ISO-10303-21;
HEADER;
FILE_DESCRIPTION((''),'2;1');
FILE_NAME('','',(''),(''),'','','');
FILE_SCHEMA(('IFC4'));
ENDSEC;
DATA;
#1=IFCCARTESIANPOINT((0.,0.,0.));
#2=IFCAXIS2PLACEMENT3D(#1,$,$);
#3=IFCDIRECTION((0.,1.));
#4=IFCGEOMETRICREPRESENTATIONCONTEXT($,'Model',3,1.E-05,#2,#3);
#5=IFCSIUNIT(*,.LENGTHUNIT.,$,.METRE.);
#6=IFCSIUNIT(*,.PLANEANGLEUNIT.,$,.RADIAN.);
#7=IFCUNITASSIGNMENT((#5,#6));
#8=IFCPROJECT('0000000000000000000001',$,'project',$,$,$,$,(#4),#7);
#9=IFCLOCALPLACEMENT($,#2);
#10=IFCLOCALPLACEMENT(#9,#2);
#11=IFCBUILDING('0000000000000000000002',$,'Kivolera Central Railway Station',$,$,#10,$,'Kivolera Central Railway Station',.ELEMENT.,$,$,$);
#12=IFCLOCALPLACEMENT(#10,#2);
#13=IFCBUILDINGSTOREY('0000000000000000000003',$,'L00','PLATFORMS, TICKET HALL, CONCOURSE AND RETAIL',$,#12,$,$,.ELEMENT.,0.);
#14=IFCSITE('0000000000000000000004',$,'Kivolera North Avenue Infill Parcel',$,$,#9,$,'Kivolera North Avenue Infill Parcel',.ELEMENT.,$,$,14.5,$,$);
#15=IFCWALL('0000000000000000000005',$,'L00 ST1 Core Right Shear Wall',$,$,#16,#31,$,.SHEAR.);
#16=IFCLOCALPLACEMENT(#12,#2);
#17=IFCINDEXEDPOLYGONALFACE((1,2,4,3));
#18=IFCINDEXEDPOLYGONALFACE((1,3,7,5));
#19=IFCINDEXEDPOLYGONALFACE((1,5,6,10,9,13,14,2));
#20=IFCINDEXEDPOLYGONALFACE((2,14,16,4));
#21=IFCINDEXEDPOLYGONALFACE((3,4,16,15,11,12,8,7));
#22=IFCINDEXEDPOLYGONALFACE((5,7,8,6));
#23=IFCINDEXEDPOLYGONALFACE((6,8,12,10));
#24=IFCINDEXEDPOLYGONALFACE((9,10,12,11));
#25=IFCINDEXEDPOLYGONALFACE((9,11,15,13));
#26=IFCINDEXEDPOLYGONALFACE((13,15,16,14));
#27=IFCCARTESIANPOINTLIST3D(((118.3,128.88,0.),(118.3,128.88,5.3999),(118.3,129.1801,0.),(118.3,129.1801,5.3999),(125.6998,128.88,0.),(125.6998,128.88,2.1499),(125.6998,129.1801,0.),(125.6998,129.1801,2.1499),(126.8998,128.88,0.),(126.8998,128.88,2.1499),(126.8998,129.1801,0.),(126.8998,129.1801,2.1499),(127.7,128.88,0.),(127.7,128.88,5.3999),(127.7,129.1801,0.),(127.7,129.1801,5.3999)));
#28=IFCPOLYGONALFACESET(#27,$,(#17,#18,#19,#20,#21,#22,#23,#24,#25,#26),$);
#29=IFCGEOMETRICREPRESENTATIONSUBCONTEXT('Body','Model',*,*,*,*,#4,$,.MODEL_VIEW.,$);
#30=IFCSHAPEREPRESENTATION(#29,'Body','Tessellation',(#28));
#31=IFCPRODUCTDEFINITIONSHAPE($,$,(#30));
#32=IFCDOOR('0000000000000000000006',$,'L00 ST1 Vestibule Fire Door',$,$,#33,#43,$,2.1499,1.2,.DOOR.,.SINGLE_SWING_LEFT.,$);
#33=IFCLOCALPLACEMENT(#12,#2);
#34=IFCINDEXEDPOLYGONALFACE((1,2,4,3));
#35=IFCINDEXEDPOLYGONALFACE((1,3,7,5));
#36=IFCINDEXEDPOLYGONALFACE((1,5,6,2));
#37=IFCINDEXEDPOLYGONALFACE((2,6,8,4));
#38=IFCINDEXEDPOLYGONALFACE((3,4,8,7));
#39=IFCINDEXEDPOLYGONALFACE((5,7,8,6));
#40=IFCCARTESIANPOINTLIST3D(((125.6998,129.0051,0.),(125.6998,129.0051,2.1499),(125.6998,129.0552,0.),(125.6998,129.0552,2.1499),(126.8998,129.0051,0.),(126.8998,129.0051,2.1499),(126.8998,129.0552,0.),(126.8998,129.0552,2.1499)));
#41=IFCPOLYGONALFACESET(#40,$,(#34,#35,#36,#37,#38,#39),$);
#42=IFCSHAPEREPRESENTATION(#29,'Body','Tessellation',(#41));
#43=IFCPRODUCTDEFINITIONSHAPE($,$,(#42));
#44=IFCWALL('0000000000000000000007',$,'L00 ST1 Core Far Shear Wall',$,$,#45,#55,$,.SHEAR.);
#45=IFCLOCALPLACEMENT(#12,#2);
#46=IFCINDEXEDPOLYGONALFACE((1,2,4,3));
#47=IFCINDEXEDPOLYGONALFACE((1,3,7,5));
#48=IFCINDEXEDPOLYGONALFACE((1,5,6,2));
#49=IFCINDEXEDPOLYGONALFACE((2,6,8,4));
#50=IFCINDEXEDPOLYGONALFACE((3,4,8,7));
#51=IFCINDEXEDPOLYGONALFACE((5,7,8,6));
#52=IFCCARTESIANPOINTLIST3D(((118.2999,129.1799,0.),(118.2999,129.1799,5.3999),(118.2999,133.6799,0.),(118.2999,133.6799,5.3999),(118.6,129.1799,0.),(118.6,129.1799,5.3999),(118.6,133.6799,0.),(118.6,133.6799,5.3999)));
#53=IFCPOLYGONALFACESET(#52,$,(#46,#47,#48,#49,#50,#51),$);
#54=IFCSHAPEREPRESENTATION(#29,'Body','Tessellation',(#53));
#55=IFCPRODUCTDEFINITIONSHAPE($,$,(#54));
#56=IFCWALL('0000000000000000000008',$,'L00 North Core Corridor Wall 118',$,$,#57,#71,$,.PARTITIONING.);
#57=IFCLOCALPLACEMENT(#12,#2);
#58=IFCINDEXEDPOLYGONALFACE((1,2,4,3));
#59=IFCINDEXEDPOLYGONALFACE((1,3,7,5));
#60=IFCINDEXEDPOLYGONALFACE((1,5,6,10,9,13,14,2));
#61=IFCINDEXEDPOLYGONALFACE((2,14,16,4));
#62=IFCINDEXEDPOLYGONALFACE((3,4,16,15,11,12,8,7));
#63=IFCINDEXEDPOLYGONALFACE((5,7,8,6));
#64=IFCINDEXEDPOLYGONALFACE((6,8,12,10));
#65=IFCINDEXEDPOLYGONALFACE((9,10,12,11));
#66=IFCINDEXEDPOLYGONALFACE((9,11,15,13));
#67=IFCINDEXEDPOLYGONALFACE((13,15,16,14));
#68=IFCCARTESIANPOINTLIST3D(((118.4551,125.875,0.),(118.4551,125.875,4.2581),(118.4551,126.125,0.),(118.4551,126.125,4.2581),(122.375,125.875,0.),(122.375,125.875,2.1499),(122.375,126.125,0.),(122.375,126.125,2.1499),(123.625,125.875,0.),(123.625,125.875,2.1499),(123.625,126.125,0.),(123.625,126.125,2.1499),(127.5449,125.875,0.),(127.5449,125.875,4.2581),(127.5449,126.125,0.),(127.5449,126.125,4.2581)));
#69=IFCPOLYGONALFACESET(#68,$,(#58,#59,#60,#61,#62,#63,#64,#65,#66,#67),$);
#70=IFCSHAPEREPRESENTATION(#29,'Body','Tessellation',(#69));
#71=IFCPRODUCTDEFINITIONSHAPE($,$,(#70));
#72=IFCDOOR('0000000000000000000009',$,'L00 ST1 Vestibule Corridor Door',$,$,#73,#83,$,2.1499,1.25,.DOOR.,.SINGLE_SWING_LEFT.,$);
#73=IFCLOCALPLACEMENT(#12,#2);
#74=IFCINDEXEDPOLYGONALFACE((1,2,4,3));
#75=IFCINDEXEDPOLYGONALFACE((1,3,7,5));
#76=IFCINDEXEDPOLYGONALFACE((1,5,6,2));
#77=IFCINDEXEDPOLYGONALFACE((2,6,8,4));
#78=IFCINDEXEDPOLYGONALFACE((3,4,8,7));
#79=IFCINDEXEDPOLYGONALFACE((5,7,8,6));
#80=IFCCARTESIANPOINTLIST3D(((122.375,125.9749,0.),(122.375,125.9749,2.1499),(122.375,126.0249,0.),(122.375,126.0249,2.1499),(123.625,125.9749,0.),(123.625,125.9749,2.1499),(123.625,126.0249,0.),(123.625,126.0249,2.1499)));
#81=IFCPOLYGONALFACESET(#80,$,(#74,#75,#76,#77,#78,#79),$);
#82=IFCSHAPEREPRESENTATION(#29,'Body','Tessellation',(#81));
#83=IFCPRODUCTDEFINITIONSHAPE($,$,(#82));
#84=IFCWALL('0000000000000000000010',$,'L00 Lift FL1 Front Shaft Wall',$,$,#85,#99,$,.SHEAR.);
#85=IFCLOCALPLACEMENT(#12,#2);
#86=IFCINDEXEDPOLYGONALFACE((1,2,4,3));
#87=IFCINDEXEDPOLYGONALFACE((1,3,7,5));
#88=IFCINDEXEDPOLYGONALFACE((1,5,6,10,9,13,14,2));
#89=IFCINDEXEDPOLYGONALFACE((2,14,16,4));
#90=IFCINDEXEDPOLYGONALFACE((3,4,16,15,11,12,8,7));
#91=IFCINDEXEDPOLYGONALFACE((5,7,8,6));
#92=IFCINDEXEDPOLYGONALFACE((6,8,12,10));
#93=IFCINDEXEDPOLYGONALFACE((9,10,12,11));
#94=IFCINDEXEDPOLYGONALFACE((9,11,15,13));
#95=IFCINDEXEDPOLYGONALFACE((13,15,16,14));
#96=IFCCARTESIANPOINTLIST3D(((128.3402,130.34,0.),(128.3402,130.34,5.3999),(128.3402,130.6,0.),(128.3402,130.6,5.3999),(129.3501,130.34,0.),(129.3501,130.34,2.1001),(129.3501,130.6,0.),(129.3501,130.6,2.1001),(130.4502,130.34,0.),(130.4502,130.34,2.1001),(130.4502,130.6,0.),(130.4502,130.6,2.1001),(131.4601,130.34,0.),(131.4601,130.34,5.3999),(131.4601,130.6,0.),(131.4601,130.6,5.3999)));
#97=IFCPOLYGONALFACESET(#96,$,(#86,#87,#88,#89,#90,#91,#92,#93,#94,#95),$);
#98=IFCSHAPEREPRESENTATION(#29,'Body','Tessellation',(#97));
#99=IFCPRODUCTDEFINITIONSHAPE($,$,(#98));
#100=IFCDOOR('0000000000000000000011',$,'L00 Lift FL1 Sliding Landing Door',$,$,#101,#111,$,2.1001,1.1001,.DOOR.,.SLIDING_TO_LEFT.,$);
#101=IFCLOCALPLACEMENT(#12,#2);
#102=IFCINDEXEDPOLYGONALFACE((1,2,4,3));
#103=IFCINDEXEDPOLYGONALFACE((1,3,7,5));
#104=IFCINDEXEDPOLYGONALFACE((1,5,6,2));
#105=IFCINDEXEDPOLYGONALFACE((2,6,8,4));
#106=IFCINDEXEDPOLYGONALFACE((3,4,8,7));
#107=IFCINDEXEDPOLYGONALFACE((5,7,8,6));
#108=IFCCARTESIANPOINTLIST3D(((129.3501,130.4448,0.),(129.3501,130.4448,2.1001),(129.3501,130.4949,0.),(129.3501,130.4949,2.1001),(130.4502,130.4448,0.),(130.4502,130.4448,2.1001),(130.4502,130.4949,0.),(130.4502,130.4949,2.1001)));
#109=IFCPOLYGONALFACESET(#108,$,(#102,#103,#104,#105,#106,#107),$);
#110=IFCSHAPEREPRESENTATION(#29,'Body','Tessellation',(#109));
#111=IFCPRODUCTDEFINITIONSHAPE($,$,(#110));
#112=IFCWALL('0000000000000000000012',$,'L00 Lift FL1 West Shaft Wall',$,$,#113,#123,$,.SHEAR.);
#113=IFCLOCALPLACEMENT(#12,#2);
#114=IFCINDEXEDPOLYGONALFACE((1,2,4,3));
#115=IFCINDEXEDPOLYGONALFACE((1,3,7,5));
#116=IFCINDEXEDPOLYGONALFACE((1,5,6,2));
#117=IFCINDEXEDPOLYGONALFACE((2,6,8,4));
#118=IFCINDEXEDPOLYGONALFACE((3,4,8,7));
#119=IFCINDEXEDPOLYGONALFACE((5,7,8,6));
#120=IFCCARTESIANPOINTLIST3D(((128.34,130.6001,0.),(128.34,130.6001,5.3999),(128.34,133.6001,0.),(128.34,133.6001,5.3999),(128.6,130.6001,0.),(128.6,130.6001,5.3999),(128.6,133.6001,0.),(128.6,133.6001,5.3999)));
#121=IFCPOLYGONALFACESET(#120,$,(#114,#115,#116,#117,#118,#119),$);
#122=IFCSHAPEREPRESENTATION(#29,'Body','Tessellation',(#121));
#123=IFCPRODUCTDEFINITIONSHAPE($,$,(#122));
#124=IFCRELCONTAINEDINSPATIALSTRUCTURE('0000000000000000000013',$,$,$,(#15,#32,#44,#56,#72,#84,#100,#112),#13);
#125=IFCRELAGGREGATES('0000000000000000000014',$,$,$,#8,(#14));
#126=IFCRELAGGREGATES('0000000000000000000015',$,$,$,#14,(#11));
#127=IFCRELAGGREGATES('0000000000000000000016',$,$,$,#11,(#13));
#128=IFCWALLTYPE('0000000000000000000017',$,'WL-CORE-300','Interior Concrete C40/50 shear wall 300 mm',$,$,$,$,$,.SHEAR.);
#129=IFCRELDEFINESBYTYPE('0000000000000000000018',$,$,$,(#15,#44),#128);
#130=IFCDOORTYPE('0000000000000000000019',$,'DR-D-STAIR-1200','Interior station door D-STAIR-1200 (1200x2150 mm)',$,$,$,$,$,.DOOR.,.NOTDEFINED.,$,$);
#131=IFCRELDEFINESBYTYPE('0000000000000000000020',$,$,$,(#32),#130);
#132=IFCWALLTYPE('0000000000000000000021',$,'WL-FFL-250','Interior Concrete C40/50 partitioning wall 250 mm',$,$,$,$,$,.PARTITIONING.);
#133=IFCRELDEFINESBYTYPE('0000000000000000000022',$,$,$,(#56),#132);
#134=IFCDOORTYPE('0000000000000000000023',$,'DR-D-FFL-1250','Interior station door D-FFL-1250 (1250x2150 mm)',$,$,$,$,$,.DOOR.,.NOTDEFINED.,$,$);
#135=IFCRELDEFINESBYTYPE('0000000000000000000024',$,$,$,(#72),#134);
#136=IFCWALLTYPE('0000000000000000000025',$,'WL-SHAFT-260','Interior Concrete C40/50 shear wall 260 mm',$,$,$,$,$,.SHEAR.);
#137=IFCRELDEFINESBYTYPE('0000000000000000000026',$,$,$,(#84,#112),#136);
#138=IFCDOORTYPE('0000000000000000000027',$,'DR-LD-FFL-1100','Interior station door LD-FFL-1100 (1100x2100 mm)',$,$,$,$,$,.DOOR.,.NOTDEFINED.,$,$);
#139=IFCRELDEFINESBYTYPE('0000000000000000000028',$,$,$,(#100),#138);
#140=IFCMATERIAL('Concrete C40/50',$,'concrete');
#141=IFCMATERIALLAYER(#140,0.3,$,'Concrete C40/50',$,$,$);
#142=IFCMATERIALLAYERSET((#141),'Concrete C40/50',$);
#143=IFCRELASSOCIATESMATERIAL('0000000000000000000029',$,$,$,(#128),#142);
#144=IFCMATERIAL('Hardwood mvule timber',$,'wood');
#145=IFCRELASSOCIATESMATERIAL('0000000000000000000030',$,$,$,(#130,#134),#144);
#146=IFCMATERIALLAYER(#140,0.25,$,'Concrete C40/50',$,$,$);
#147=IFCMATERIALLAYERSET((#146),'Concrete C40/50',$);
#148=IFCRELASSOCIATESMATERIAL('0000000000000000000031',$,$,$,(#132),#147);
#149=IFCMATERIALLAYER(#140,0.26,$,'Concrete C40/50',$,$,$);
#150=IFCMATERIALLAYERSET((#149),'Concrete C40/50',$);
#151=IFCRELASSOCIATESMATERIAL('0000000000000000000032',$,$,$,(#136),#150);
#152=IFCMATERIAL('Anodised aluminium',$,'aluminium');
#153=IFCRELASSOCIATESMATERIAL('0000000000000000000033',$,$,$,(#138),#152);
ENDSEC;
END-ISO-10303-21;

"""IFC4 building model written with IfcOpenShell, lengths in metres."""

from ifc_helpers import new_model, si_unit, direction, frame, frame_2d, origin, place, context, subcontext, project, spatial, rectangle, extrude, material, layer, layer_set, type_object, element, fill, save


model = new_model("IFC4")

# Units and contexts
model_context = context("Model", 3, precision=1e-05, world=origin(), true_north=direction((0.0, 1.0)))
body_context = subcontext(model_context, "Body", "Model", "MODEL_VIEW")
ifc_project = project(units=[si_unit("LENGTHUNIT", "METRE"), si_unit("PLANEANGLEUNIT", "RADIAN")], contexts=[model_context])

# Site, building, storey
site_placement = place(None, origin())
site = spatial("IfcSite", under=ifc_project, at=site_placement, Name="Kivolera North Avenue Infill Parcel", LongName="Kivolera North Avenue Infill Parcel", CompositionType="ELEMENT", RefElevation=14.5)
building_placement = place(site_placement, origin())
building = spatial("IfcBuilding", under=site, at=building_placement, Name="Kivolera Central Railway Station", LongName="Kivolera Central Railway Station", CompositionType="ELEMENT")
storey_placement = place(building_placement, origin())
storey = spatial("IfcBuildingStorey", under=building, at=storey_placement, Name="L00", Description="PLATFORMS, TICKET HALL, CONCOURSE AND RETAIL", CompositionType="ELEMENT", Elevation=0.0)

# Shared definitions
ifc_material_1 = material(Name="Concrete C40/50", Category="concrete")

# Shared definitions
ifc_material_2 = material(Name="Anodised aluminium", Category="aluminium")

# Wall, opening, door
ifc_layer_1 = layer(ifc_material_1, 0.3, Name="Concrete C40/50")
ifc_layer_set_1 = layer_set([ifc_layer_1], Name="Concrete C40/50")
wall_type_1 = type_object("IfcWallType", Name="WL-CORE-300", Description="Interior Concrete C40/50 shear wall 300 mm", PredefinedType="SHEAR", material=ifc_layer_set_1)
wall_1_placement = place(storey_placement, frame((127.7, 129.03, 0.0), z_axis=(0.0, 0.0, 1.0), x_axis=(-1.0, 0.0, 0.0)))
wall_1 = element("IfcWall", 1, at=wall_1_placement, inside=storey, type_object=wall_type_1, Name="L00 ST1 Core Right Shear Wall", PredefinedType="SHEAR", context=body_context, shape_type="SweptSolid", body=[
    extrude(rectangle(XDim=9.3999, YDim=0.3, at=frame_2d((4.7, 0.0))), origin(), (0.0, 0.0, 1.0), 5.3999),
])
opening_1_placement = place(wall_1_placement, frame((0.8, 0.0, 0.0)))
opening_1 = element("IfcOpeningElement", 2, at=opening_1_placement, cuts=wall_1, PredefinedType="OPENING", context=body_context, shape_type="SweptSolid", body=[
    extrude(rectangle(XDim=1.2, YDim=2.1499, at=frame_2d((0.6001, 1.075))), frame((0.0, 0.1599, 0.0), z_axis=(0.0, -1.0, 0.0), x_axis=(1.0, 0.0, 0.0)), (0.0, 0.0, 1.0), 0.3201),
])
ifc_material_3 = material(Name="Hardwood mvule timber", Category="wood")
door_type_1 = type_object("IfcDoorType", Name="DR-D-STAIR-1200", Description="Interior station door D-STAIR-1200 (1200x2150 mm)", OperationType="NOTDEFINED", PredefinedType="DOOR", material=ifc_material_3)
door_1_placement = place(opening_1_placement, origin())
door_1 = element("IfcDoor", 3, at=door_1_placement, inside=storey, type_object=door_type_1, Name="L00 ST1 Vestibule Fire Door", OperationType="SINGLE_SWING_LEFT", OverallHeight=2.1499, OverallWidth=1.2, PredefinedType="DOOR", context=body_context, shape_type="SweptSolid", body=[
    extrude(rectangle(XDim=1.2, YDim=2.1499, at=frame_2d((0.6001, 1.075))), frame((0.0, 0.0249, 0.0), z_axis=(0.0, -1.0, 0.0), x_axis=(1.0, 0.0, 0.0)), (0.0, 0.0, 1.0), 0.05),
])
fill(opening_1, door_1)

# Wall
wall_2_placement = place(storey_placement, frame((118.45, 129.1799, 0.0), z_axis=(0.0, 0.0, 1.0), x_axis=(0.0, 1.0, 0.0)))
element("IfcWall", 4, at=wall_2_placement, inside=storey, type_object=wall_type_1, Name="L00 ST1 Core Far Shear Wall", PredefinedType="SHEAR", context=body_context, shape_type="SweptSolid", body=[
    extrude(rectangle(XDim=4.5, YDim=0.3, at=frame_2d((2.25, 0.0))), origin(), (0.0, 0.0, 1.0), 5.3999),
])

# Wall, opening, door
ifc_layer_2 = layer(ifc_material_1, 0.25, Name="Concrete C40/50")
ifc_layer_set_2 = layer_set([ifc_layer_2], Name="Concrete C40/50")
wall_type_2 = type_object("IfcWallType", Name="WL-FFL-250", Description="Interior Concrete C40/50 partitioning wall 250 mm", PredefinedType="PARTITIONING", material=ifc_layer_set_2)
wall_3_placement = place(storey_placement, frame((118.4551, 126.0, 0.0), z_axis=(0.0, 0.0, 1.0), x_axis=(1.0, 0.0, 0.0)))
wall_3 = element("IfcWall", 5, at=wall_3_placement, inside=storey, type_object=wall_type_2, Name="L00 North Core Corridor Wall 118", PredefinedType="PARTITIONING", context=body_context, shape_type="SweptSolid", body=[
    extrude(rectangle(XDim=9.0898, YDim=0.25, at=frame_2d((4.5449, 0.0))), origin(), (0.0, 0.0, 1.0), 4.2581),
])
opening_2_placement = place(wall_3_placement, frame((3.9199, 0.0, 0.0)))
opening_2 = element("IfcOpeningElement", 6, at=opening_2_placement, cuts=wall_3, PredefinedType="OPENING", context=body_context, shape_type="SweptSolid", body=[
    extrude(rectangle(XDim=1.25, YDim=2.1499, at=frame_2d((0.625, 1.075))), frame((0.0, 0.135, 0.0), z_axis=(0.0, -1.0, 0.0), x_axis=(1.0, 0.0, 0.0)), (0.0, 0.0, 1.0), 0.27),
])
door_type_2 = type_object("IfcDoorType", Name="DR-D-FFL-1250", Description="Interior station door D-FFL-1250 (1250x2150 mm)", OperationType="NOTDEFINED", PredefinedType="DOOR", material=ifc_material_3)
door_2_placement = place(opening_2_placement, origin())
door_2 = element("IfcDoor", 7, at=door_2_placement, inside=storey, type_object=door_type_2, Name="L00 ST1 Vestibule Corridor Door", OperationType="SINGLE_SWING_LEFT", OverallHeight=2.1499, OverallWidth=1.25, PredefinedType="DOOR", context=body_context, shape_type="SweptSolid", body=[
    extrude(rectangle(XDim=1.25, YDim=2.1499, at=frame_2d((0.625, 1.075))), frame((0.0, 0.0249, 0.0), z_axis=(0.0, -1.0, 0.0), x_axis=(1.0, 0.0, 0.0)), (0.0, 0.0, 1.0), 0.05),
])
fill(opening_2, door_2)

# Wall, opening, door
ifc_layer_3 = layer(ifc_material_1, 0.26, Name="Concrete C40/50")
ifc_layer_set_3 = layer_set([ifc_layer_3], Name="Concrete C40/50")
wall_type_3 = type_object("IfcWallType", Name="WL-SHAFT-260", Description="Interior Concrete C40/50 shear wall 260 mm", PredefinedType="SHEAR", material=ifc_layer_set_3)
wall_4_placement = place(storey_placement, frame((128.3401, 130.47, 0.0), z_axis=(0.0, 0.0, 1.0), x_axis=(1.0, 0.0, 0.0)))
wall_4 = element("IfcWall", 8, at=wall_4_placement, inside=storey, type_object=wall_type_3, Name="L00 Lift FL1 Front Shaft Wall", PredefinedType="SHEAR", context=body_context, shape_type="SweptSolid", body=[
    extrude(rectangle(XDim=3.1199, YDim=0.26, at=frame_2d((1.5601, 0.0))), origin(), (0.0, 0.0, 1.0), 5.3999),
])
opening_3_placement = place(wall_4_placement, frame((1.01, 0.0, 0.0)))
opening_3 = element("IfcOpeningElement", 9, at=opening_3_placement, cuts=wall_4, PredefinedType="OPENING", context=body_context, shape_type="SweptSolid", body=[
    extrude(rectangle(XDim=1.1001, YDim=2.1001, at=frame_2d((0.55, 1.05))), frame((0.0, 0.1399, 0.0), z_axis=(0.0, -1.0, 0.0), x_axis=(1.0, 0.0, 0.0)), (0.0, 0.0, 1.0), 0.28),
])
door_type_3 = type_object("IfcDoorType", Name="DR-LD-FFL-1100", Description="Interior station door LD-FFL-1100 (1100x2100 mm)", OperationType="NOTDEFINED", PredefinedType="DOOR", material=ifc_material_2)
door_3_placement = place(opening_3_placement, origin())
door_3 = element("IfcDoor", 10, at=door_3_placement, inside=storey, type_object=door_type_3, Name="L00 Lift FL1 Sliding Landing Door", OperationType="SLIDING_TO_LEFT", OverallHeight=2.1001, OverallWidth=1.1001, PredefinedType="DOOR", context=body_context, shape_type="SweptSolid", body=[
    extrude(rectangle(XDim=1.1001, YDim=2.1001, at=frame_2d((0.55, 1.05))), frame((0.0, 0.0249, 0.0), z_axis=(0.0, -1.0, 0.0), x_axis=(1.0, 0.0, 0.0)), (0.0, 0.0, 1.0), 0.05),
])
fill(opening_3, door_3)

# Wall
wall_5_placement = place(storey_placement, frame((128.47, 130.6001, 0.0), z_axis=(0.0, 0.0, 1.0), x_axis=(0.0, 1.0, 0.0)))
element("IfcWall", 11, at=wall_5_placement, inside=storey, type_object=wall_type_3, Name="L00 Lift FL1 West Shaft Wall", PredefinedType="SHEAR", context=body_context, shape_type="SweptSolid", body=[
    extrude(rectangle(XDim=3.0, YDim=0.26, at=frame_2d((1.5, 0.0))), origin(), (0.0, 0.0, 1.0), 5.3999),
])

save(model, "model.ifc")
